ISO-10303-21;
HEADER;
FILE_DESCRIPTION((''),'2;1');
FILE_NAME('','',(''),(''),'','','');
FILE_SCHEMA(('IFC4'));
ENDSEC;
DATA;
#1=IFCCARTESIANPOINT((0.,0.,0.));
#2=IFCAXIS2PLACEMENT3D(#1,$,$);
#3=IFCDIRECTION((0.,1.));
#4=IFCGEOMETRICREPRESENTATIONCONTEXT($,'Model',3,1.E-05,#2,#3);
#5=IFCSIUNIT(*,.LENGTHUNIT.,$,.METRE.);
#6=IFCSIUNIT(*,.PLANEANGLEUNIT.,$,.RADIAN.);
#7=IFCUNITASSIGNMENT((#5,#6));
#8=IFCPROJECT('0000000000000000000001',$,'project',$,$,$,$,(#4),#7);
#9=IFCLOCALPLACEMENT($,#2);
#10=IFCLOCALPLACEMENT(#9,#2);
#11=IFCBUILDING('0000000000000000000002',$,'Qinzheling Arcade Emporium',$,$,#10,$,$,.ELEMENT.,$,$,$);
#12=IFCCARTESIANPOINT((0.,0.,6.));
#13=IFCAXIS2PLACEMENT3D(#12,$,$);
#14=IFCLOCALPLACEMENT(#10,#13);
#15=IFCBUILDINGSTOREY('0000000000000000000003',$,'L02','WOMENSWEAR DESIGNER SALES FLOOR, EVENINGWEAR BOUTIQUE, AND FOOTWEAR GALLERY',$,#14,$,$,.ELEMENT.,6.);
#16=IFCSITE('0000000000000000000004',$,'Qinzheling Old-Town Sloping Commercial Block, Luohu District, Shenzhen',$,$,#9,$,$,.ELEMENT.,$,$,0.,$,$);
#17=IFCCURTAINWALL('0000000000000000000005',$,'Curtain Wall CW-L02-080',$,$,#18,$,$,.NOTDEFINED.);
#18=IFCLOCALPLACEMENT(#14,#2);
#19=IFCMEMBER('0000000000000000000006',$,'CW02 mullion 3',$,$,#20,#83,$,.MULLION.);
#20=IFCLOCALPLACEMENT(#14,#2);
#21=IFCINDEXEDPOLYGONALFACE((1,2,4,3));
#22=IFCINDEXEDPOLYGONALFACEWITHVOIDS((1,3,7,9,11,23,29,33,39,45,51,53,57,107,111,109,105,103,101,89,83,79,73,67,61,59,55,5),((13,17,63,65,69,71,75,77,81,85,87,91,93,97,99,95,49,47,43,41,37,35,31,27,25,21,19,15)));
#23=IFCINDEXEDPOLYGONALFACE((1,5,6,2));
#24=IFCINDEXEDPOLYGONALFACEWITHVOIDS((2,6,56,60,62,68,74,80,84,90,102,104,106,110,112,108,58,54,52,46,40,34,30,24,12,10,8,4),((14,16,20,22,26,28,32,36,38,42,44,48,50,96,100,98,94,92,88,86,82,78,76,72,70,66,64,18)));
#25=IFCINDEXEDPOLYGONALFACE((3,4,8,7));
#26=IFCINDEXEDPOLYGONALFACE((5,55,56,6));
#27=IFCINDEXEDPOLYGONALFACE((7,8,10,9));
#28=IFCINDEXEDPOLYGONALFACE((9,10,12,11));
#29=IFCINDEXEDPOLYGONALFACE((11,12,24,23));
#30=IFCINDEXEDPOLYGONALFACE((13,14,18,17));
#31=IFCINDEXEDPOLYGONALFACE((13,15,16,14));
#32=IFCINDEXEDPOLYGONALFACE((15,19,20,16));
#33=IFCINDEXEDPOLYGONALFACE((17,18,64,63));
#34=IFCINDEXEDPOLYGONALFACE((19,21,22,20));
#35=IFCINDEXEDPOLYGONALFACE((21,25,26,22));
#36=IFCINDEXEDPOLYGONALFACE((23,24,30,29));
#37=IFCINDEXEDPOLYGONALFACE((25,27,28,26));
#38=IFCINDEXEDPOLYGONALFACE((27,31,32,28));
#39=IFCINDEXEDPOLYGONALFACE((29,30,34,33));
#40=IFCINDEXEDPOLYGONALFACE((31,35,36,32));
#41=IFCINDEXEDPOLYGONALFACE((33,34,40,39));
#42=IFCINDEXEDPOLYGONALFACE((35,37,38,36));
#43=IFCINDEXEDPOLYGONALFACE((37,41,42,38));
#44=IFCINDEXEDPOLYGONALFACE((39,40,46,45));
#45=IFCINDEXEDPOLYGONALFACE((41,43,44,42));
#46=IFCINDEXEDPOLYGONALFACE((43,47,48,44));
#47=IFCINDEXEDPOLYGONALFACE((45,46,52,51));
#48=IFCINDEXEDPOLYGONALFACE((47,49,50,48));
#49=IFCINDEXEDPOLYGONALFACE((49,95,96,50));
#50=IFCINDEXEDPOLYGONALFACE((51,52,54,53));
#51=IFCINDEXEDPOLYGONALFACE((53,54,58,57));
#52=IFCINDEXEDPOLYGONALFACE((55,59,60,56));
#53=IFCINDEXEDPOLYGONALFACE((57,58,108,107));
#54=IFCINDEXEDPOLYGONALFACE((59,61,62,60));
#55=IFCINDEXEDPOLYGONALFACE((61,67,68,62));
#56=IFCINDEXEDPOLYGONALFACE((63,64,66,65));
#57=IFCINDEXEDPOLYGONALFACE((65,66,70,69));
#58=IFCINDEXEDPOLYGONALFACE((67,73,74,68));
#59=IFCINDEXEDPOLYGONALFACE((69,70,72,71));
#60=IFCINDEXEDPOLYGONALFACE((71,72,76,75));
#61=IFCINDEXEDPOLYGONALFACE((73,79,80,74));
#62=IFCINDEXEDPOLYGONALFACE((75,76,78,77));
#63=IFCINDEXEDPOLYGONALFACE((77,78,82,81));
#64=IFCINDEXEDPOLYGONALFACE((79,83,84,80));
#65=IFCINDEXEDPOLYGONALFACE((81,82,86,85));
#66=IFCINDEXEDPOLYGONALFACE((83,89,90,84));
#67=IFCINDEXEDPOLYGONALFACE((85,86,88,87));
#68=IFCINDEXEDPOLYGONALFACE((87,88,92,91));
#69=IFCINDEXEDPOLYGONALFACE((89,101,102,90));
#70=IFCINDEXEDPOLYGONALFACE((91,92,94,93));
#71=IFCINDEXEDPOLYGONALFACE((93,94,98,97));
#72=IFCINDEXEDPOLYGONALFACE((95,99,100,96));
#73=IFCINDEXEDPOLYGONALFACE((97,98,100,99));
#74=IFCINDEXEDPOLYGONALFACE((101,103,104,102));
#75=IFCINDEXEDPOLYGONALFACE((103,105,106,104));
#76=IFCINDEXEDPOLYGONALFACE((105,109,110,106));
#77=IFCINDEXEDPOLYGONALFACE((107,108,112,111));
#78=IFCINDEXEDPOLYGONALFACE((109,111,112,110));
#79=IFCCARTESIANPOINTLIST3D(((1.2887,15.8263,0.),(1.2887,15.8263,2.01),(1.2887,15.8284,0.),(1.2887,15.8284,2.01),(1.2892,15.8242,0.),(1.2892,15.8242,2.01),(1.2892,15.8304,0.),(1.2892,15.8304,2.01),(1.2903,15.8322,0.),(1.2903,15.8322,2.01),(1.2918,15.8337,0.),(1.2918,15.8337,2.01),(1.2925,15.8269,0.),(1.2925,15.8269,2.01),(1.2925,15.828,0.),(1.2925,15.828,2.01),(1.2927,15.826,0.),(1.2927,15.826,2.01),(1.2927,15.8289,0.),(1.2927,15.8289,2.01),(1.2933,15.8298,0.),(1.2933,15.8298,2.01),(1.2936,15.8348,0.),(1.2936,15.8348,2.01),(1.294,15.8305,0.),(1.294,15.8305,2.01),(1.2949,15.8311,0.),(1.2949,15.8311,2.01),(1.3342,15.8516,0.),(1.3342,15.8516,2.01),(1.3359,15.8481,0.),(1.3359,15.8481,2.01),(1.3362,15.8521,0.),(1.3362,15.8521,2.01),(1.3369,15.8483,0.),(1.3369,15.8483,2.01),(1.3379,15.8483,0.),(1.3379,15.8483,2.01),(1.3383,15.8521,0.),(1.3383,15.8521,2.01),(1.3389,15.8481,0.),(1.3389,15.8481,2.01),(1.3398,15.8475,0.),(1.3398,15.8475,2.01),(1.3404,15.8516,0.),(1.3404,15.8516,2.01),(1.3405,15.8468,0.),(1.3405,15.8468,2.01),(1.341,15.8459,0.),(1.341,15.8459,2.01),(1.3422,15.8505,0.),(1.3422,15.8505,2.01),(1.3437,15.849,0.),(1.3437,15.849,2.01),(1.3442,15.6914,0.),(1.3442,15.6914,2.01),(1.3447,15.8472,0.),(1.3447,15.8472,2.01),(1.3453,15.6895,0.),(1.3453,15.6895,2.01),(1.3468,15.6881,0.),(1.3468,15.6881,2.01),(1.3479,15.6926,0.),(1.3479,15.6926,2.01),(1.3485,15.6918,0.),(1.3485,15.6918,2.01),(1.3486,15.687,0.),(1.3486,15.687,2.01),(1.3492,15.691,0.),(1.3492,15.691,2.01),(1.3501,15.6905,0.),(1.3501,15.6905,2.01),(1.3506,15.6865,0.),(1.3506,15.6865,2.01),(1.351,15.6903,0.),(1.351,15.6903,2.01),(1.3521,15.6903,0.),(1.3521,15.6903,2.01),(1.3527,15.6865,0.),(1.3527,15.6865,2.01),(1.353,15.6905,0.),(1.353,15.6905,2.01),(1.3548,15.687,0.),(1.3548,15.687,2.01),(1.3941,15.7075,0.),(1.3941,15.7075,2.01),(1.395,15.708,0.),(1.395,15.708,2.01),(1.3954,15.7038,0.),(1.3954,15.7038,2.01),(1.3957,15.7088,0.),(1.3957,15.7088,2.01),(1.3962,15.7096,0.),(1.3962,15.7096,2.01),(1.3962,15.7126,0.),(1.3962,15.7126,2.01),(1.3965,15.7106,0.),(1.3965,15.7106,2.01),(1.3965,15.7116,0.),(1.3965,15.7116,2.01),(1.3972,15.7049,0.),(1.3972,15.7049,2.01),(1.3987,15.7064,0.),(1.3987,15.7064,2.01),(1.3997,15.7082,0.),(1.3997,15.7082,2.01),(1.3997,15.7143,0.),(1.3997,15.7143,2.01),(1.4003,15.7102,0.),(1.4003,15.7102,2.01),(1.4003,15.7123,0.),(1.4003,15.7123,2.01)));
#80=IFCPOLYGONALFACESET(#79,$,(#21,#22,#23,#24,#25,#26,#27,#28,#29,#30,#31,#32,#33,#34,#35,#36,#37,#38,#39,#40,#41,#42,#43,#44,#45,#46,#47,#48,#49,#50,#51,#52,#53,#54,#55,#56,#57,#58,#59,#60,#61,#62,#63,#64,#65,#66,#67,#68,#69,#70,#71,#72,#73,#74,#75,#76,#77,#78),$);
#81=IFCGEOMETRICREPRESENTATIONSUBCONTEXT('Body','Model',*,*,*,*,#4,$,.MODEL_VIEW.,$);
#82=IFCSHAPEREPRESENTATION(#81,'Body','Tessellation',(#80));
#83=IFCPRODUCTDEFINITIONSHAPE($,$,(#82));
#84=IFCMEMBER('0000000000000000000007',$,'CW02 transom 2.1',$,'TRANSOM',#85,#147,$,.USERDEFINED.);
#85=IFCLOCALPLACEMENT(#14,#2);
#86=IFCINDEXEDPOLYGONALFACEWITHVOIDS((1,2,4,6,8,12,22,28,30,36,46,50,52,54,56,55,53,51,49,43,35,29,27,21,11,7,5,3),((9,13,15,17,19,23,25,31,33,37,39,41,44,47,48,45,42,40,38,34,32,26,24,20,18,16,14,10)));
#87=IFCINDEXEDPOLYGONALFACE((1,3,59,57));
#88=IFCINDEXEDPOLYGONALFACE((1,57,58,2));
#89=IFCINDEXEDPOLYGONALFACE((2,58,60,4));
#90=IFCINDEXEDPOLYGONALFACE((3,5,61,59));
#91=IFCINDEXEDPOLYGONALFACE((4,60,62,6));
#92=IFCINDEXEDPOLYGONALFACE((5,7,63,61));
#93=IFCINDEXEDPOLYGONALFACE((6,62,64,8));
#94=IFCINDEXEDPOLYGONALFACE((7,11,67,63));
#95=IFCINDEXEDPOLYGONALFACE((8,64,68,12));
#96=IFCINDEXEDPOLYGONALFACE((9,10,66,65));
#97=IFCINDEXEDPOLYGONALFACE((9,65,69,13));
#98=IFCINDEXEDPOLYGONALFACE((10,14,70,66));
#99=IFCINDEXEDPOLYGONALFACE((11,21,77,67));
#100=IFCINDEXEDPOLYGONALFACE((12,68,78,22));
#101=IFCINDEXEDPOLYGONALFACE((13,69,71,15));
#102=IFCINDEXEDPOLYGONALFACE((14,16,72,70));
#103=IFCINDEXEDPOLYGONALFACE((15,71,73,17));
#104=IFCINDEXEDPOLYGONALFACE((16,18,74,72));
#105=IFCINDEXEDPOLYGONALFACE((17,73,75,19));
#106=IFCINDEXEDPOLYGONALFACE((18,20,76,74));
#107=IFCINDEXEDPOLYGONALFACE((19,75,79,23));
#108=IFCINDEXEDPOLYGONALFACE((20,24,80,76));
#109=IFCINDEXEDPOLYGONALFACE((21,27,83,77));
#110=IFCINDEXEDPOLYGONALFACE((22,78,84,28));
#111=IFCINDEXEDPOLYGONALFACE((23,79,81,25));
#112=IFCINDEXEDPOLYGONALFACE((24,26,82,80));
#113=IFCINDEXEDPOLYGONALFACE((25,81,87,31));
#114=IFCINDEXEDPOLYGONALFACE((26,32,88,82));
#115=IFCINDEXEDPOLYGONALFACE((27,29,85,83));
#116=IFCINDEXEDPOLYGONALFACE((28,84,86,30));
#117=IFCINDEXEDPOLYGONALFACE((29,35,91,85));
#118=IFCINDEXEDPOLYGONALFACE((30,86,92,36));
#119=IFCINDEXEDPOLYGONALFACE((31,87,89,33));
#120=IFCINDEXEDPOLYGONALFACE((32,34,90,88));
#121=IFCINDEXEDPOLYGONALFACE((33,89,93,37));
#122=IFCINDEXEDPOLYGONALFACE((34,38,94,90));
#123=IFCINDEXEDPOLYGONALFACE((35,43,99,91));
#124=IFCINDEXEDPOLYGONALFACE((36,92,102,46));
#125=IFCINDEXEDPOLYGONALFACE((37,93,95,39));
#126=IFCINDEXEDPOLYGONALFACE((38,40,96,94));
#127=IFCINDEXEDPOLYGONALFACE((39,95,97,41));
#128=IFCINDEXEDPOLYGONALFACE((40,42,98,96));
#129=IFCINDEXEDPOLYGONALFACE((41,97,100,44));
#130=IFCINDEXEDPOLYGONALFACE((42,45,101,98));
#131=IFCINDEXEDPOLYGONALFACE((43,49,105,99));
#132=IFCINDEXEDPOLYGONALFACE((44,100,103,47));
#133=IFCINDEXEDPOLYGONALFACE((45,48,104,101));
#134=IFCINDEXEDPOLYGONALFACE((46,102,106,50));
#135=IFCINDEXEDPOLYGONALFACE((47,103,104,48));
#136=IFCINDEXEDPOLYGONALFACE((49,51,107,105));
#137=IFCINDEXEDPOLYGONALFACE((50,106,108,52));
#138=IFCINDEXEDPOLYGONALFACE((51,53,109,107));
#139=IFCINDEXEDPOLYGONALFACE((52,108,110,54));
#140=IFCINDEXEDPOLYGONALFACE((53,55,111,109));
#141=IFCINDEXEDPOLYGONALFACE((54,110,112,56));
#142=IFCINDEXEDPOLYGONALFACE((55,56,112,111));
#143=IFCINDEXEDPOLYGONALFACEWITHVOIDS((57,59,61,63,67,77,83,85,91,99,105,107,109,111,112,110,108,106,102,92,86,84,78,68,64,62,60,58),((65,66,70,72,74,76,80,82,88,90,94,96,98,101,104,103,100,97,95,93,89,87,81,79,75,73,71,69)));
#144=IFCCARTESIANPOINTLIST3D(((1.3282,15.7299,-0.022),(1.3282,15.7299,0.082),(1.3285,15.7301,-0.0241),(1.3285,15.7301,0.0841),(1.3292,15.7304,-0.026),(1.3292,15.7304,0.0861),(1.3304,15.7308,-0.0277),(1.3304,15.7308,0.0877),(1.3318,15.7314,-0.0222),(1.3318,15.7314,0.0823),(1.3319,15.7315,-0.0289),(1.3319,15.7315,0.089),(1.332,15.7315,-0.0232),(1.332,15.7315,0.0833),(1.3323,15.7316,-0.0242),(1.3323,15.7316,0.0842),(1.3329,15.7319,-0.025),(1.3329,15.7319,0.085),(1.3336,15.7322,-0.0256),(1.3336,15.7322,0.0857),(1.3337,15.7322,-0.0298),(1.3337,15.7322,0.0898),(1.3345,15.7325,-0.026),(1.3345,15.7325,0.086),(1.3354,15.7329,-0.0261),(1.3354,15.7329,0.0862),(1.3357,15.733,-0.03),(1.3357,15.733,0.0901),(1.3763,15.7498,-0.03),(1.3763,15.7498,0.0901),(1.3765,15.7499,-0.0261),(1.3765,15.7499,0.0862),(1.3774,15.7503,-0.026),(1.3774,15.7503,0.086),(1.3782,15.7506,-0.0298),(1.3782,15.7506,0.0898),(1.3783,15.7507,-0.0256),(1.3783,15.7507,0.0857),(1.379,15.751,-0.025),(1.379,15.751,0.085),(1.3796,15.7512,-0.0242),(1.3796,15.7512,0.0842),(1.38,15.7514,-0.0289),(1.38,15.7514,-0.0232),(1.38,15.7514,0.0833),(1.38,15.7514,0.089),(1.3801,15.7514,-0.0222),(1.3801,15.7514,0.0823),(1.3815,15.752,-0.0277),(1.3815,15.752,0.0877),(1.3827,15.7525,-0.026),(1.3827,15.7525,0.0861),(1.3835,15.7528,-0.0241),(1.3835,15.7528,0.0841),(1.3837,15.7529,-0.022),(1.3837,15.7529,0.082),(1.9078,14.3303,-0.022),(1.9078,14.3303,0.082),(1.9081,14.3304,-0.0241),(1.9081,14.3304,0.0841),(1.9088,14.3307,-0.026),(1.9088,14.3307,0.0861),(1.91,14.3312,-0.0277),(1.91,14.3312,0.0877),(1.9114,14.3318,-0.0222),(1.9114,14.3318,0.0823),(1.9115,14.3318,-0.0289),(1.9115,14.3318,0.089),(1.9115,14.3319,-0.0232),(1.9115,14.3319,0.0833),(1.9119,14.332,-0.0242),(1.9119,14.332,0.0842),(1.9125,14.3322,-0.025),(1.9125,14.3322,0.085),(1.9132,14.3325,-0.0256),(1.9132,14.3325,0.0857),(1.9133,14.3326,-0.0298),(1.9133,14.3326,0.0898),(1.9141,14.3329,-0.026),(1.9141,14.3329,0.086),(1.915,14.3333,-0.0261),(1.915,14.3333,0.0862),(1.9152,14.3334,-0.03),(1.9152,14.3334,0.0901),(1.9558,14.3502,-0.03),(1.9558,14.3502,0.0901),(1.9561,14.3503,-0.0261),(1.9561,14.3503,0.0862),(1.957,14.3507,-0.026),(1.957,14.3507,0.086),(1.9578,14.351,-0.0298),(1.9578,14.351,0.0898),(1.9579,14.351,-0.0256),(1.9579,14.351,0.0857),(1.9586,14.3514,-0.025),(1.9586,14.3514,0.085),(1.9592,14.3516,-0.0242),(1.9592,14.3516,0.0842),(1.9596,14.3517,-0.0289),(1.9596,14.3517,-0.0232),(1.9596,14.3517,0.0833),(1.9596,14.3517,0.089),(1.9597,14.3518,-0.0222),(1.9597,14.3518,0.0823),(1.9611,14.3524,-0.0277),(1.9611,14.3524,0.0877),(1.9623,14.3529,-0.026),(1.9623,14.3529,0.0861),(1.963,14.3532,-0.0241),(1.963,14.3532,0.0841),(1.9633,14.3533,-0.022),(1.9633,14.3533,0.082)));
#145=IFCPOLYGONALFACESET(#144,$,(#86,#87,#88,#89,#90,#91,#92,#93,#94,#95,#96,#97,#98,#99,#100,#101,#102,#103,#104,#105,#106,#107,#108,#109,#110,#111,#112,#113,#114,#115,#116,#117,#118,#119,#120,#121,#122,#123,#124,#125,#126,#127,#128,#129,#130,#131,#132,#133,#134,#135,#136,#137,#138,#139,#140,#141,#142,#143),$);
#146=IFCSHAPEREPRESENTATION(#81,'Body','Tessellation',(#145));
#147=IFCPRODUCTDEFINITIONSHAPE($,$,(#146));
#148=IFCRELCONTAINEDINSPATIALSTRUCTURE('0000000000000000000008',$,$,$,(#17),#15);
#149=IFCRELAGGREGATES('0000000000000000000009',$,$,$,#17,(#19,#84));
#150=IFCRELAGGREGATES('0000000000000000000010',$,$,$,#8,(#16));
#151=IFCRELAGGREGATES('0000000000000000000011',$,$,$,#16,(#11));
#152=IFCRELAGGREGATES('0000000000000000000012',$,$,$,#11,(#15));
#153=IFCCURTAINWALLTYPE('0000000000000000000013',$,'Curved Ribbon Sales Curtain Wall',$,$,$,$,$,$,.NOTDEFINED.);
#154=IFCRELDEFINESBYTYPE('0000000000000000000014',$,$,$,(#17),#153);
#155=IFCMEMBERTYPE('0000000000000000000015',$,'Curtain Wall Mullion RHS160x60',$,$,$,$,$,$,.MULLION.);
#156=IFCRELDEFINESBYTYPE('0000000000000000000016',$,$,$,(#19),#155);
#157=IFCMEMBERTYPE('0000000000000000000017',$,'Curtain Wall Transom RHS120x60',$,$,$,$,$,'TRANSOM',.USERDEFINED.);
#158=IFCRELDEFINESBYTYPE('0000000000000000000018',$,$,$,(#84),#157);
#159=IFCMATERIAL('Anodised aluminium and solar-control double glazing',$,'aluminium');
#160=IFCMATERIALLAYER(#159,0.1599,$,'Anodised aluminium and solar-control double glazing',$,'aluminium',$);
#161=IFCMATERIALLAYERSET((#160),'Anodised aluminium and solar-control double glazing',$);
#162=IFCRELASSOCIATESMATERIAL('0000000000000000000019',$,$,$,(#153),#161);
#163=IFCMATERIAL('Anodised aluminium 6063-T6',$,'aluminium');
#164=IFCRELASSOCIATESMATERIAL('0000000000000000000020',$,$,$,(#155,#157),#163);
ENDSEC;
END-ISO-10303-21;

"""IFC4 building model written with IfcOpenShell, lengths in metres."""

from ifc_helpers import new_model, si_unit, direction, frame, origin, origin_2d, place, context, subcontext, project, spatial, hollow_rectangle, extrude, material, layer, layer_set, material_profile, profile_set, type_object, element, aggregate, save


model = new_model("IFC4")

# Units and contexts
model_context = context("Model", 3, precision=1e-05, world=origin(), true_north=direction((0.0, 1.0)))
body_context = subcontext(model_context, "Body", "Model", "MODEL_VIEW")
ifc_project = project(units=[si_unit("LENGTHUNIT", "METRE"), si_unit("PLANEANGLEUNIT", "RADIAN")], contexts=[model_context])

# Site, building, storey
site_placement = place(None, origin())
site = spatial("IfcSite", under=ifc_project, at=site_placement, Name="Qinzheling Old-Town Sloping Commercial Block, Luohu District, Shenzhen", CompositionType="ELEMENT", RefElevation=0.0)
building_placement = place(site_placement, origin())
building = spatial("IfcBuilding", under=site, at=building_placement, Name="Qinzheling Arcade Emporium", CompositionType="ELEMENT")
storey_placement = place(building_placement, frame((0.0, 0.0, 6.0)))
storey = spatial("IfcBuildingStorey", under=building, at=storey_placement, Name="L02", Description="WOMENSWEAR DESIGNER SALES FLOOR, EVENINGWEAR BOUTIQUE, AND FOOTWEAR GALLERY", CompositionType="ELEMENT", Elevation=6.0)

# Curtain wall, members
ifc_material_1 = material(Name="Anodised aluminium and solar-control double glazing", Category="aluminium")
ifc_layer_1 = layer(ifc_material_1, 0.1599, Name="Anodised aluminium and solar-control double glazing", Category="aluminium")
ifc_layer_set_1 = layer_set([ifc_layer_1], Name="Anodised aluminium and solar-control double glazing")
curtain_wall_type = type_object("IfcCurtainWallType", Name="Curved Ribbon Sales Curtain Wall", PredefinedType="NOTDEFINED", material=ifc_layer_set_1)
curtain_wall_placement = place(storey_placement, origin())
curtain_wall = element("IfcCurtainWall", 1, at=curtain_wall_placement, inside=storey, type_object=curtain_wall_type, Name="Curtain Wall CW-L02-080", PredefinedType="NOTDEFINED")
ifc_material_2 = material(Name="Anodised aluminium 6063-T6", Category="aluminium")
ifc_material_profile_1 = material_profile(ifc_material_2, hollow_rectangle(XDim=0.0601, YDim=0.1599, WallThickness=0.0039, InnerFilletRadius=0.0039, OuterFilletRadius=0.0081, at=origin_2d()), Name="RHS 160x60x4", Category="aluminium")
ifc_profile_set_1 = profile_set([ifc_material_profile_1], Name="Anodised aluminium 6063-T6")
member_type_1 = type_object("IfcMemberType", Name="Curtain Wall Mullion RHS160x60", PredefinedType="MULLION", material=ifc_profile_set_1)
member_1_placement = place(storey_placement, frame((1.3445, 15.7693, 0.0), z_axis=(0.0, 0.0, 1.0), x_axis=(-0.923941, -0.382535, 0.0)))
member_1 = element("IfcMember", 2, at=member_1_placement, type_object=member_type_1, Name="CW02 mullion 3", PredefinedType="MULLION", context=body_context, shape_type="SweptSolid", body=[
    extrude(hollow_rectangle(XDim=0.0601, YDim=0.1599, WallThickness=0.0039, InnerFilletRadius=0.0039, OuterFilletRadius=0.0081, at=origin_2d()), origin(), (0.0, 0.0, 1.0), 2.01),
])
ifc_material_profile_2 = material_profile(ifc_material_2, hollow_rectangle(XDim=0.0601, YDim=0.1201, WallThickness=0.0039, InnerFilletRadius=0.0039, OuterFilletRadius=0.0081, at=origin_2d()), Name="RHS 120x60x4", Category="aluminium")
ifc_profile_set_2 = profile_set([ifc_material_profile_2], Name="Anodised aluminium 6063-T6")
member_type_2 = type_object("IfcMemberType", Name="Curtain Wall Transom RHS120x60", ElementType="TRANSOM", PredefinedType="USERDEFINED", material=ifc_profile_set_2)
member_2_placement = place(storey_placement, frame((1.9355, 14.3418, 0.03), z_axis=(-0.382589, 0.923919, 0.0), x_axis=(-0.923919, -0.382589, 0.0)))
member_2 = element("IfcMember", 3, at=member_2_placement, type_object=member_type_2, Name="CW02 transom 2.1", ObjectType="TRANSOM", PredefinedType="USERDEFINED", context=body_context, shape_type="SweptSolid", body=[
    extrude(hollow_rectangle(XDim=0.0601, YDim=0.1201, WallThickness=0.0039, InnerFilletRadius=0.0039, OuterFilletRadius=0.0081, at=origin_2d()), origin(), (0.0, 0.0, 1.0), 1.5149),
])

aggregate(curtain_wall, [member_1, member_2])

save(model, "model.ifc")
